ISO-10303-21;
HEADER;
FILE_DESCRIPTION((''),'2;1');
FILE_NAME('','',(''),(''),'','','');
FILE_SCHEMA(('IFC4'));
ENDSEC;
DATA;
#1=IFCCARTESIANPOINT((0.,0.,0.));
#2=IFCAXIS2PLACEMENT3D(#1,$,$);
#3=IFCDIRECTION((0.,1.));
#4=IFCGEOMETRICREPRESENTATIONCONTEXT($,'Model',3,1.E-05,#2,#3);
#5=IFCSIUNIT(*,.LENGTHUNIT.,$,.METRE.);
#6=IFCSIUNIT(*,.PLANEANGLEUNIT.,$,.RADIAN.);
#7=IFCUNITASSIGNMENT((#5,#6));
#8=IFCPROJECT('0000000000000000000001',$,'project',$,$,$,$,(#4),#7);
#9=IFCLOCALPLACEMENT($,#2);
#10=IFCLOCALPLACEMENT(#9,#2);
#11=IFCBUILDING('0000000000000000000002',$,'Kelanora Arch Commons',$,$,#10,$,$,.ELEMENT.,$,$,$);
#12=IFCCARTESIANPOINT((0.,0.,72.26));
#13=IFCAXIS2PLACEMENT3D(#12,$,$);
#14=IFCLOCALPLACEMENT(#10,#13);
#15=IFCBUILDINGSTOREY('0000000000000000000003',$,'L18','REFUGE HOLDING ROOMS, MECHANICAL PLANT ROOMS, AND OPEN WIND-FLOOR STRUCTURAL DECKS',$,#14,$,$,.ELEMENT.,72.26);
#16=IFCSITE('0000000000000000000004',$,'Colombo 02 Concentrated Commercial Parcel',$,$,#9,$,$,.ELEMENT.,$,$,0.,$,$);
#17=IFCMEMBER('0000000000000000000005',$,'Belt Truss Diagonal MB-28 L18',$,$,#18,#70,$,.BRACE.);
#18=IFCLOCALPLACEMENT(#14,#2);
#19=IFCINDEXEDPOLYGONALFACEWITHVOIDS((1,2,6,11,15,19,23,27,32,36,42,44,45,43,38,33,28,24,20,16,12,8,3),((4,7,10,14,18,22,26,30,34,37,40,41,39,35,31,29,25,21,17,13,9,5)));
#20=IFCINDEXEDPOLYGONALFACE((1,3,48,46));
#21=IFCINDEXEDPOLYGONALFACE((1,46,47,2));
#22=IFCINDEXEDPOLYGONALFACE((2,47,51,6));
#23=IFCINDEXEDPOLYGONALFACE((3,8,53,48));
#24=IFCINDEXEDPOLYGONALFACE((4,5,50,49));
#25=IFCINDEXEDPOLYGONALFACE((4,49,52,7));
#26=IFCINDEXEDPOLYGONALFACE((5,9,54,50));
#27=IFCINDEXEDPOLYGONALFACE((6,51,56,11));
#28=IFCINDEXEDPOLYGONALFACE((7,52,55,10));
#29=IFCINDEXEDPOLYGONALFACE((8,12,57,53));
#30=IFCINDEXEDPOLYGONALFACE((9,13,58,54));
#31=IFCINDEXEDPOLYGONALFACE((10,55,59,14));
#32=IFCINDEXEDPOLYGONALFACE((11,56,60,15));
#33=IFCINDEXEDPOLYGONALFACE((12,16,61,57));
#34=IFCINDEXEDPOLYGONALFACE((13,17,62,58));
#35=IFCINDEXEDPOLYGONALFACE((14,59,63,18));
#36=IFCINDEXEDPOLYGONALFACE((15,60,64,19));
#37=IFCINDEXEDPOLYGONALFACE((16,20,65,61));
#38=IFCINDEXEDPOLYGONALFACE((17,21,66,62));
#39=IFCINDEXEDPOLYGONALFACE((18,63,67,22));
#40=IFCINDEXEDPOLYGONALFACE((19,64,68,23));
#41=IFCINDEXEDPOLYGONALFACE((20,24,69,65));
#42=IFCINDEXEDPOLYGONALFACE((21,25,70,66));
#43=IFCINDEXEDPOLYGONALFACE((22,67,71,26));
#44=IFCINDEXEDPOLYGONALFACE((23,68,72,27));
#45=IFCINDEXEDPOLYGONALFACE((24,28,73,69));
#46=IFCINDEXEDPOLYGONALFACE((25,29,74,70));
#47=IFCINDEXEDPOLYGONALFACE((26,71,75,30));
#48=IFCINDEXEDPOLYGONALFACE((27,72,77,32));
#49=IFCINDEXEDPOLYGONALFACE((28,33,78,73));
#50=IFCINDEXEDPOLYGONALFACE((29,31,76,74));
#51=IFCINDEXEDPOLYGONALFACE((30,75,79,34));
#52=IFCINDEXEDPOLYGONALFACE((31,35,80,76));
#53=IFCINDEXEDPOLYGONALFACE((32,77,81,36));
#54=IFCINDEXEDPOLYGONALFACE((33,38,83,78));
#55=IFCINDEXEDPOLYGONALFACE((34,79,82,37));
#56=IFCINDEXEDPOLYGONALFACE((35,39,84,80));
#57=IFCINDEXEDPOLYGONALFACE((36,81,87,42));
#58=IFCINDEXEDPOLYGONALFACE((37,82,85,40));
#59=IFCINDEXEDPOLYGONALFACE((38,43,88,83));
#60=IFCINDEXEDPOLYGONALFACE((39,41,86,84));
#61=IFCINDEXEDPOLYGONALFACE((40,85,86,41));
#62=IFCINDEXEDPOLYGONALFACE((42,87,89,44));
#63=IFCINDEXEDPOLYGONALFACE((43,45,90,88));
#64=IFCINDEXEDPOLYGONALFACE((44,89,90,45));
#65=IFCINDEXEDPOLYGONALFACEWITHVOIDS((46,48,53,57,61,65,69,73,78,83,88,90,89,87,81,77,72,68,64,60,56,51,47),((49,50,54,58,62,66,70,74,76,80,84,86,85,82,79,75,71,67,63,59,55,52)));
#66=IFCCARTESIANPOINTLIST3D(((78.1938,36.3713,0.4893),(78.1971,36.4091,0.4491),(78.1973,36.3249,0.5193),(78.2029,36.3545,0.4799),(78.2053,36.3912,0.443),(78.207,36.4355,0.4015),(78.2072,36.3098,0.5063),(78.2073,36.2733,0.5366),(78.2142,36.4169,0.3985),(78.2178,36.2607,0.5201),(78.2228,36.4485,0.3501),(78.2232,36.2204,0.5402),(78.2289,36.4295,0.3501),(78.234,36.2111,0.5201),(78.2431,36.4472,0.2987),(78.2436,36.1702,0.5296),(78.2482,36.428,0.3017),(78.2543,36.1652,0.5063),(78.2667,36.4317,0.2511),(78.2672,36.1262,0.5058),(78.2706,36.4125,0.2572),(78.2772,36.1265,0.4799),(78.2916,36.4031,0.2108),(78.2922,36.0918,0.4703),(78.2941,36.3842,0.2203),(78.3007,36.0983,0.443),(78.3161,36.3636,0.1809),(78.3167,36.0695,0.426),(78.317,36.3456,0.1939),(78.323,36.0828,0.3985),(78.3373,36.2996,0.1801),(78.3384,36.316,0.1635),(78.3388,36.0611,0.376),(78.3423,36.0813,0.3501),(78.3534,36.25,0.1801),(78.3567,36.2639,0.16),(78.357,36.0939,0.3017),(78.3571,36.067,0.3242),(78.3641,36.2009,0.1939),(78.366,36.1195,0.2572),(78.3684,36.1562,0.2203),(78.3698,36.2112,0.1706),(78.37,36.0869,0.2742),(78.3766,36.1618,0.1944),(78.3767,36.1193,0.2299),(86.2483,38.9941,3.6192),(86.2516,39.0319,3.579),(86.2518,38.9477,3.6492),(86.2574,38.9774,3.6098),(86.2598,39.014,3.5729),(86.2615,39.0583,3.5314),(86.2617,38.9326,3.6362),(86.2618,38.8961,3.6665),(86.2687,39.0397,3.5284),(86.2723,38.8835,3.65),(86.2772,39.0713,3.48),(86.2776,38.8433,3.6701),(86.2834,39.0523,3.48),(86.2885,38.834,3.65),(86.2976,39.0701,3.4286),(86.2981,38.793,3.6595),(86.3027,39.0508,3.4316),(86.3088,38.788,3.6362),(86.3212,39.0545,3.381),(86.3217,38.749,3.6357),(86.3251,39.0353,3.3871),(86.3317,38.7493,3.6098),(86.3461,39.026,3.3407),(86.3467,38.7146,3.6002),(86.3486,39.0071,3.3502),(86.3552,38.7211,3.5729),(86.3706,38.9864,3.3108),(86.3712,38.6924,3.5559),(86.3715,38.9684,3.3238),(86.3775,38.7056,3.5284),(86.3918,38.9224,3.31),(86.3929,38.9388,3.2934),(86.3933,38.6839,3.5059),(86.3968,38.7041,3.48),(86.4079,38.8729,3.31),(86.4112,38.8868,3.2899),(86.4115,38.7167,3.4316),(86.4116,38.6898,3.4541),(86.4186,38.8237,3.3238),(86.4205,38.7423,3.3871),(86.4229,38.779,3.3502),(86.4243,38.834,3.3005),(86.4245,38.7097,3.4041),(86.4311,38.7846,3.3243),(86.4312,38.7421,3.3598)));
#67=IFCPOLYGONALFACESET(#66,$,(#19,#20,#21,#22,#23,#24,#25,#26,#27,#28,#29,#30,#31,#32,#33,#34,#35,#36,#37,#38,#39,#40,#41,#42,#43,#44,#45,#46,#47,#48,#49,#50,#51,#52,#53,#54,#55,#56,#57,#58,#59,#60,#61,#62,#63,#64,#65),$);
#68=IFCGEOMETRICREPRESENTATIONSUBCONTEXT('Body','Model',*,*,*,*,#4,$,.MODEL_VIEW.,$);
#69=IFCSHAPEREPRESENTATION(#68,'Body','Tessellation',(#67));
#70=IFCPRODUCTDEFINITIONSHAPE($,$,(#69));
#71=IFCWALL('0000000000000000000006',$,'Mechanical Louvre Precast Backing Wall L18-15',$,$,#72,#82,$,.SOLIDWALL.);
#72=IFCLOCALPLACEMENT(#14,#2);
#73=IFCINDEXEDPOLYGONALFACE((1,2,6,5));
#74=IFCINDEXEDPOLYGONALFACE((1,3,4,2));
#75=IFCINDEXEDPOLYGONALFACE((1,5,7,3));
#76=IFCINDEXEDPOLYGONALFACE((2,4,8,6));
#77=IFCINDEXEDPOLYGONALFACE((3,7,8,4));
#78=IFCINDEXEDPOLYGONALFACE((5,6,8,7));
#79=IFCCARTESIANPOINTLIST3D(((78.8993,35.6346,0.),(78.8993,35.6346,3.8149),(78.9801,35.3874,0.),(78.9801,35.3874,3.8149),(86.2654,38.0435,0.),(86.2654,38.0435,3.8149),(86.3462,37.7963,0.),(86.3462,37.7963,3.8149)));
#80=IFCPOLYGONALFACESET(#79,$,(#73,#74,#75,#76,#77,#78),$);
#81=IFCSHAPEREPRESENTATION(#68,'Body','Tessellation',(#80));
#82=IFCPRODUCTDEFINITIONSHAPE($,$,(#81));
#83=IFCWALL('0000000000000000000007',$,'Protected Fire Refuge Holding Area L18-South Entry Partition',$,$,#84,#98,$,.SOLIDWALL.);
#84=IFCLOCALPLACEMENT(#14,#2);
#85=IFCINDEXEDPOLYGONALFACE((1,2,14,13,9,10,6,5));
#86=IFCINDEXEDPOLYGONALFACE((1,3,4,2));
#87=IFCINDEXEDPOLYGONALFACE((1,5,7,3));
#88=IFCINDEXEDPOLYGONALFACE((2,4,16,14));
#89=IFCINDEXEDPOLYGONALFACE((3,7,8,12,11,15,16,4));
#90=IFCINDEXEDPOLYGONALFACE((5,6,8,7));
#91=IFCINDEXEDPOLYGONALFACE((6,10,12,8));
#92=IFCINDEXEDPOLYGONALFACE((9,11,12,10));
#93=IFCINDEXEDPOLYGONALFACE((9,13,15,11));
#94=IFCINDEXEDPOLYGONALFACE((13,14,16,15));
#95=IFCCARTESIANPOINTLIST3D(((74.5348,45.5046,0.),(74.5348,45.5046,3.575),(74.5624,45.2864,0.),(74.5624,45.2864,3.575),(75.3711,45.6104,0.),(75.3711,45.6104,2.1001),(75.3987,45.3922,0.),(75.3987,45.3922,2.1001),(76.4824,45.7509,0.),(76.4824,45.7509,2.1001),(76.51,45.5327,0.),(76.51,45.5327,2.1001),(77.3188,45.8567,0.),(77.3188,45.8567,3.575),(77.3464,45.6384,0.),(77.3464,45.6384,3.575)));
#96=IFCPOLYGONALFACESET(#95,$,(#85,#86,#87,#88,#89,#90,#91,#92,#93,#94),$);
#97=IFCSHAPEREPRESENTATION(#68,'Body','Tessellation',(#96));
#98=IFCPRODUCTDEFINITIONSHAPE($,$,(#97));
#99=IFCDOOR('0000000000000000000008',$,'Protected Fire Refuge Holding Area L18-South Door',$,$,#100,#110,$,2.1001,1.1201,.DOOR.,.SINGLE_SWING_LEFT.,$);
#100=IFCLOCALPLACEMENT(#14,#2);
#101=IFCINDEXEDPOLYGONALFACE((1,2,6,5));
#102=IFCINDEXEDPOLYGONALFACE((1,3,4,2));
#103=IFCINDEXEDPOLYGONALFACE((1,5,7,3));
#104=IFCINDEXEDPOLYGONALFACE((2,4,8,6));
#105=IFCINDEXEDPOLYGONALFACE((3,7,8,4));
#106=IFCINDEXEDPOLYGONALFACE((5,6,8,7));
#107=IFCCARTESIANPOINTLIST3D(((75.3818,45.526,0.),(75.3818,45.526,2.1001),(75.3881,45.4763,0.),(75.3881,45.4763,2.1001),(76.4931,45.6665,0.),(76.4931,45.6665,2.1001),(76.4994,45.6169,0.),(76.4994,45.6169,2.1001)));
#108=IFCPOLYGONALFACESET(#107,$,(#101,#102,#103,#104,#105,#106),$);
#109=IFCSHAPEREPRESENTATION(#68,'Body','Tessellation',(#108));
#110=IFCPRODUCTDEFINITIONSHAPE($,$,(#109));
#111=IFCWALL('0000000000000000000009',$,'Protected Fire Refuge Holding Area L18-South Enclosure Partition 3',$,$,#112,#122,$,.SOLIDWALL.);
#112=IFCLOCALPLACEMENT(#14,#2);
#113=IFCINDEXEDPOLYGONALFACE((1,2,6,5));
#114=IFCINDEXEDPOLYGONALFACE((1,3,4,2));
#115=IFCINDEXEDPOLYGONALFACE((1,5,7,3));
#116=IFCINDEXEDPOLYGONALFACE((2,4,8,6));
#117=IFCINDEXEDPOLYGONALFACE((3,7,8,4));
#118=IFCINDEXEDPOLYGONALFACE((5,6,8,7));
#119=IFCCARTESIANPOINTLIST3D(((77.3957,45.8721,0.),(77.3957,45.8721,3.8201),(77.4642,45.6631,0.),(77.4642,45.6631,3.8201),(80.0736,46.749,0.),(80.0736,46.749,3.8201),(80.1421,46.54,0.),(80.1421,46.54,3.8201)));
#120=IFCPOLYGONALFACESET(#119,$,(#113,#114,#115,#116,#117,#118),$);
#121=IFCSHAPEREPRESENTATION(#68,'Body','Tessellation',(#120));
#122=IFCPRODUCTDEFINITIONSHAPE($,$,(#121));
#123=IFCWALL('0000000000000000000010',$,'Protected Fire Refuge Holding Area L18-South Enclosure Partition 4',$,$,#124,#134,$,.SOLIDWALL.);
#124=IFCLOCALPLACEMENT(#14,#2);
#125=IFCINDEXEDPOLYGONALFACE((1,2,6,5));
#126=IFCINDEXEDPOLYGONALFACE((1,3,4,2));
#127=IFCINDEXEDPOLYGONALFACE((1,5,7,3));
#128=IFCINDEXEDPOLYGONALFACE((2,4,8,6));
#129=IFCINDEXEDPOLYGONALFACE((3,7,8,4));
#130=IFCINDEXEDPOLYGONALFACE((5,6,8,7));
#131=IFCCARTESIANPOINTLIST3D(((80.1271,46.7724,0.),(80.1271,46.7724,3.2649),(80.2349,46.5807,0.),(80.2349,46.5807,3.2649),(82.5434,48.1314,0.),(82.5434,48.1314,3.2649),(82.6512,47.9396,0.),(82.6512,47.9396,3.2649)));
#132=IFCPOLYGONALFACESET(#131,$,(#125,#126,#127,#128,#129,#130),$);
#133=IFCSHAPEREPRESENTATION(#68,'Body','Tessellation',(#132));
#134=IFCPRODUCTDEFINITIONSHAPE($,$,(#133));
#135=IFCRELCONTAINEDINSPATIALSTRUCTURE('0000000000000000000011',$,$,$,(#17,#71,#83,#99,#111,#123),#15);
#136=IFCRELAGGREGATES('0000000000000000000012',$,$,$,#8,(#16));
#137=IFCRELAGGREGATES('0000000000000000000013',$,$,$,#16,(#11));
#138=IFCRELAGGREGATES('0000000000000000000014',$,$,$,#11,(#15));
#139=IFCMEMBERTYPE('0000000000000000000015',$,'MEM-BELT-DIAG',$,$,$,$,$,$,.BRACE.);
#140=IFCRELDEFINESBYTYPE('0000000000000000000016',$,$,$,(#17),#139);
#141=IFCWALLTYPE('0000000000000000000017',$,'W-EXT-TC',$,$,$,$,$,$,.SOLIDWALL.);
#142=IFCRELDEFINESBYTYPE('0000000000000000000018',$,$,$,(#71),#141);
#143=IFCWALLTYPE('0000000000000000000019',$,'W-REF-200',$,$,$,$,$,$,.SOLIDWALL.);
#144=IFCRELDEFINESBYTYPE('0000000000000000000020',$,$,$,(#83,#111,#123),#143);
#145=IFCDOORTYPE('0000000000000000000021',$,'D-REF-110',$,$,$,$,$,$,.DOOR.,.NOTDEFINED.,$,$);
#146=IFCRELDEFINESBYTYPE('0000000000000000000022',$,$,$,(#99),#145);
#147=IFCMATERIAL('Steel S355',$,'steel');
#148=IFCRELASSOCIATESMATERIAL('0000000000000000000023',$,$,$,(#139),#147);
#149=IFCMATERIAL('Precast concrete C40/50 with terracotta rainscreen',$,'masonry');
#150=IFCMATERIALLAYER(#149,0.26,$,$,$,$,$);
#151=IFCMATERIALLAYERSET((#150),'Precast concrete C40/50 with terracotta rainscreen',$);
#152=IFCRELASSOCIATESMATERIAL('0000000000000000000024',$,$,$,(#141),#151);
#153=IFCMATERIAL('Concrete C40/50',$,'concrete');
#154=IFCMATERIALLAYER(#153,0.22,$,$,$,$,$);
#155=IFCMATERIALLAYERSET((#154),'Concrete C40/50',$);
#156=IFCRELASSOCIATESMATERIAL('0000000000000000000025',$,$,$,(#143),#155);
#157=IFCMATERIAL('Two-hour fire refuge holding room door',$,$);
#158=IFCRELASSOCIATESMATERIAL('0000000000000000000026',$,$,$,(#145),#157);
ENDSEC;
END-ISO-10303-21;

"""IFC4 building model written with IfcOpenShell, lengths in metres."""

from ifc_helpers import new_model, si_unit, direction, frame, frame_2d, origin, origin_2d, place, context, subcontext, project, spatial, rectangle, hollow_circle, extrude, material, layer, layer_set, material_profile, profile_set, type_object, element, fill, save


model = new_model("IFC4")

# Units and contexts
model_context = context("Model", 3, precision=1e-05, world=origin(), true_north=direction((0.0, 1.0)))
body_context = subcontext(model_context, "Body", "Model", "MODEL_VIEW")
ifc_project = project(units=[si_unit("LENGTHUNIT", "METRE"), si_unit("PLANEANGLEUNIT", "RADIAN")], contexts=[model_context])

# Site, building, storey
site_placement = place(None, origin())
site = spatial("IfcSite", under=ifc_project, at=site_placement, Name="Colombo 02 Concentrated Commercial Parcel", CompositionType="ELEMENT", RefElevation=0.0)
building_placement = place(site_placement, origin())
building = spatial("IfcBuilding", under=site, at=building_placement, Name="Kelanora Arch Commons", CompositionType="ELEMENT")
storey_placement = place(building_placement, frame((0.0, 0.0, 72.26)))
storey = spatial("IfcBuildingStorey", under=building, at=storey_placement, Name="L18", Description="REFUGE HOLDING ROOMS, MECHANICAL PLANT ROOMS, AND OPEN WIND-FLOOR STRUCTURAL DECKS", CompositionType="ELEMENT", Elevation=72.26)

# Shared definitions
ifc_material_1 = material(Name="Steel S355", Category="steel")

# Member
ifc_material_profile_1 = material_profile(ifc_material_1, hollow_circle(Radius=0.2031, WallThickness=0.02, at=origin_2d()), Name="CHS406.4x20")
ifc_profile_set_1 = profile_set([ifc_material_profile_1], Name="Steel S355")
member_type = type_object("IfcMemberType", Name="MEM-BELT-DIAG", PredefinedType="BRACE", material=ifc_profile_set_1)
member_placement = place(storey_placement, frame((78.2856, 36.2554, 0.3501), z_axis=(0.891919, 0.290439, 0.346592), x_axis=(-0.309631, 0.950857, 0.0)))
element("IfcMember", 1, at=member_placement, inside=storey, type_object=member_type, Name="Belt Truss Diagonal MB-28 L18", PredefinedType="BRACE", context=body_context, shape_type="SweptSolid", body=[
    extrude(hollow_circle(Radius=0.2031, WallThickness=0.02, at=origin_2d()), origin(), (0.0, 0.0, 1.0), 9.0305),
])

# Wall
ifc_material_2 = material(Name="Precast concrete C40/50 with terracotta rainscreen", Category="masonry")
ifc_layer_1 = layer(ifc_material_2, 0.26)
ifc_layer_set_1 = layer_set([ifc_layer_1], Name="Precast concrete C40/50 with terracotta rainscreen")
wall_type_1 = type_object("IfcWallType", Name="W-EXT-TC", PredefinedType="SOLIDWALL", material=ifc_layer_set_1)
wall_1_placement = place(storey_placement, frame((78.9397, 35.511, 0.0), z_axis=(0.0, 0.0, 1.0), x_axis=(0.950467, 0.310826, 0.0)))
element("IfcWall", 2, at=wall_1_placement, inside=storey, type_object=wall_type_1, Name="Mechanical Louvre Precast Backing Wall L18-15", PredefinedType="SOLIDWALL", context=body_context, shape_type="SweptSolid", body=[
    extrude(rectangle(XDim=7.75, YDim=0.26, at=frame_2d((3.875, 0.0))), origin(), (0.0, 0.0, 1.0), 3.8149),
])

# Wall, opening, door
ifc_material_3 = material(Name="Concrete C40/50", Category="concrete")
ifc_layer_2 = layer(ifc_material_3, 0.22)
ifc_layer_set_2 = layer_set([ifc_layer_2], Name="Concrete C40/50")
wall_type_2 = type_object("IfcWallType", Name="W-REF-200", PredefinedType="SOLIDWALL", material=ifc_layer_set_2)
wall_2_placement = place(storey_placement, frame((74.5486, 45.3955, 0.0), z_axis=(0.0, 0.0, 1.0), x_axis=(0.992099, 0.125459, 0.0)))
wall_2 = element("IfcWall", 3, at=wall_2_placement, inside=storey, type_object=wall_type_2, Name="Protected Fire Refuge Holding Area L18-South Entry Partition", PredefinedType="SOLIDWALL", context=body_context, shape_type="SweptSolid", body=[
    extrude(rectangle(XDim=2.8062, YDim=0.22, at=frame_2d((1.4031, 0.0))), origin(), (0.0, 0.0, 1.0), 3.575),
])
opening_placement = place(wall_2_placement, frame((0.843, 0.0, 0.0)))
opening = element("IfcOpeningElement", 4, at=opening_placement, cuts=wall_2, PredefinedType="OPENING", context=body_context, shape_type="SweptSolid", body=[
    extrude(rectangle(XDim=1.1201, YDim=2.1001, at=frame_2d((0.5601, 1.05))), frame((0.0, 0.1201, 0.0), z_axis=(0.0, -1.0, 0.0), x_axis=(1.0, 0.0, 0.0)), (0.0, 0.0, 1.0), 0.24),
])
ifc_material_4 = material(Name="Two-hour fire refuge holding room door")
door_type = type_object("IfcDoorType", Name="D-REF-110", OperationType="NOTDEFINED", PredefinedType="DOOR", material=ifc_material_4)
door_placement = place(opening_placement, origin())
door = element("IfcDoor", 5, at=door_placement, inside=storey, type_object=door_type, Name="Protected Fire Refuge Holding Area L18-South Door", OperationType="SINGLE_SWING_LEFT", OverallHeight=2.1001, OverallWidth=1.1201, PredefinedType="DOOR", context=body_context, shape_type="SweptSolid", body=[
    extrude(rectangle(XDim=1.1201, YDim=2.1001, at=frame_2d((0.5601, 1.05))), frame((0.0, 0.0249, 0.0), z_axis=(0.0, -1.0, 0.0), x_axis=(1.0, 0.0, 0.0)), (0.0, 0.0, 1.0), 0.05),
])
fill(opening, door)

# Walls
wall_3_placement = place(storey_placement, frame((77.4299, 45.7676, 0.0), z_axis=(0.0, 0.0, 1.0), x_axis=(0.950342, 0.311207, 0.0)))
element("IfcWall", 6, at=wall_3_placement, inside=storey, type_object=wall_type_2, Name="Protected Fire Refuge Holding Area L18-South Enclosure Partition 3", PredefinedType="SOLIDWALL", context=body_context, shape_type="SweptSolid", body=[
    extrude(rectangle(XDim=2.8179, YDim=0.22, at=frame_2d((1.4089, 0.0))), origin(), (0.0, 0.0, 1.0), 3.8201),
])
wall_4_placement = place(storey_placement, frame((80.1809, 46.6765, 0.0), z_axis=(0.0, 0.0, 1.0), x_axis=(0.871616, 0.49019, 0.0)))
element("IfcWall", 7, at=wall_4_placement, inside=storey, type_object=wall_type_2, Name="Protected Fire Refuge Holding Area L18-South Enclosure Partition 4", PredefinedType="SOLIDWALL", context=body_context, shape_type="SweptSolid", body=[
    extrude(rectangle(XDim=2.7722, YDim=0.22, at=frame_2d((1.3862, 0.0))), origin(), (0.0, 0.0, 1.0), 3.2649),
])

save(model, "model.ifc")
